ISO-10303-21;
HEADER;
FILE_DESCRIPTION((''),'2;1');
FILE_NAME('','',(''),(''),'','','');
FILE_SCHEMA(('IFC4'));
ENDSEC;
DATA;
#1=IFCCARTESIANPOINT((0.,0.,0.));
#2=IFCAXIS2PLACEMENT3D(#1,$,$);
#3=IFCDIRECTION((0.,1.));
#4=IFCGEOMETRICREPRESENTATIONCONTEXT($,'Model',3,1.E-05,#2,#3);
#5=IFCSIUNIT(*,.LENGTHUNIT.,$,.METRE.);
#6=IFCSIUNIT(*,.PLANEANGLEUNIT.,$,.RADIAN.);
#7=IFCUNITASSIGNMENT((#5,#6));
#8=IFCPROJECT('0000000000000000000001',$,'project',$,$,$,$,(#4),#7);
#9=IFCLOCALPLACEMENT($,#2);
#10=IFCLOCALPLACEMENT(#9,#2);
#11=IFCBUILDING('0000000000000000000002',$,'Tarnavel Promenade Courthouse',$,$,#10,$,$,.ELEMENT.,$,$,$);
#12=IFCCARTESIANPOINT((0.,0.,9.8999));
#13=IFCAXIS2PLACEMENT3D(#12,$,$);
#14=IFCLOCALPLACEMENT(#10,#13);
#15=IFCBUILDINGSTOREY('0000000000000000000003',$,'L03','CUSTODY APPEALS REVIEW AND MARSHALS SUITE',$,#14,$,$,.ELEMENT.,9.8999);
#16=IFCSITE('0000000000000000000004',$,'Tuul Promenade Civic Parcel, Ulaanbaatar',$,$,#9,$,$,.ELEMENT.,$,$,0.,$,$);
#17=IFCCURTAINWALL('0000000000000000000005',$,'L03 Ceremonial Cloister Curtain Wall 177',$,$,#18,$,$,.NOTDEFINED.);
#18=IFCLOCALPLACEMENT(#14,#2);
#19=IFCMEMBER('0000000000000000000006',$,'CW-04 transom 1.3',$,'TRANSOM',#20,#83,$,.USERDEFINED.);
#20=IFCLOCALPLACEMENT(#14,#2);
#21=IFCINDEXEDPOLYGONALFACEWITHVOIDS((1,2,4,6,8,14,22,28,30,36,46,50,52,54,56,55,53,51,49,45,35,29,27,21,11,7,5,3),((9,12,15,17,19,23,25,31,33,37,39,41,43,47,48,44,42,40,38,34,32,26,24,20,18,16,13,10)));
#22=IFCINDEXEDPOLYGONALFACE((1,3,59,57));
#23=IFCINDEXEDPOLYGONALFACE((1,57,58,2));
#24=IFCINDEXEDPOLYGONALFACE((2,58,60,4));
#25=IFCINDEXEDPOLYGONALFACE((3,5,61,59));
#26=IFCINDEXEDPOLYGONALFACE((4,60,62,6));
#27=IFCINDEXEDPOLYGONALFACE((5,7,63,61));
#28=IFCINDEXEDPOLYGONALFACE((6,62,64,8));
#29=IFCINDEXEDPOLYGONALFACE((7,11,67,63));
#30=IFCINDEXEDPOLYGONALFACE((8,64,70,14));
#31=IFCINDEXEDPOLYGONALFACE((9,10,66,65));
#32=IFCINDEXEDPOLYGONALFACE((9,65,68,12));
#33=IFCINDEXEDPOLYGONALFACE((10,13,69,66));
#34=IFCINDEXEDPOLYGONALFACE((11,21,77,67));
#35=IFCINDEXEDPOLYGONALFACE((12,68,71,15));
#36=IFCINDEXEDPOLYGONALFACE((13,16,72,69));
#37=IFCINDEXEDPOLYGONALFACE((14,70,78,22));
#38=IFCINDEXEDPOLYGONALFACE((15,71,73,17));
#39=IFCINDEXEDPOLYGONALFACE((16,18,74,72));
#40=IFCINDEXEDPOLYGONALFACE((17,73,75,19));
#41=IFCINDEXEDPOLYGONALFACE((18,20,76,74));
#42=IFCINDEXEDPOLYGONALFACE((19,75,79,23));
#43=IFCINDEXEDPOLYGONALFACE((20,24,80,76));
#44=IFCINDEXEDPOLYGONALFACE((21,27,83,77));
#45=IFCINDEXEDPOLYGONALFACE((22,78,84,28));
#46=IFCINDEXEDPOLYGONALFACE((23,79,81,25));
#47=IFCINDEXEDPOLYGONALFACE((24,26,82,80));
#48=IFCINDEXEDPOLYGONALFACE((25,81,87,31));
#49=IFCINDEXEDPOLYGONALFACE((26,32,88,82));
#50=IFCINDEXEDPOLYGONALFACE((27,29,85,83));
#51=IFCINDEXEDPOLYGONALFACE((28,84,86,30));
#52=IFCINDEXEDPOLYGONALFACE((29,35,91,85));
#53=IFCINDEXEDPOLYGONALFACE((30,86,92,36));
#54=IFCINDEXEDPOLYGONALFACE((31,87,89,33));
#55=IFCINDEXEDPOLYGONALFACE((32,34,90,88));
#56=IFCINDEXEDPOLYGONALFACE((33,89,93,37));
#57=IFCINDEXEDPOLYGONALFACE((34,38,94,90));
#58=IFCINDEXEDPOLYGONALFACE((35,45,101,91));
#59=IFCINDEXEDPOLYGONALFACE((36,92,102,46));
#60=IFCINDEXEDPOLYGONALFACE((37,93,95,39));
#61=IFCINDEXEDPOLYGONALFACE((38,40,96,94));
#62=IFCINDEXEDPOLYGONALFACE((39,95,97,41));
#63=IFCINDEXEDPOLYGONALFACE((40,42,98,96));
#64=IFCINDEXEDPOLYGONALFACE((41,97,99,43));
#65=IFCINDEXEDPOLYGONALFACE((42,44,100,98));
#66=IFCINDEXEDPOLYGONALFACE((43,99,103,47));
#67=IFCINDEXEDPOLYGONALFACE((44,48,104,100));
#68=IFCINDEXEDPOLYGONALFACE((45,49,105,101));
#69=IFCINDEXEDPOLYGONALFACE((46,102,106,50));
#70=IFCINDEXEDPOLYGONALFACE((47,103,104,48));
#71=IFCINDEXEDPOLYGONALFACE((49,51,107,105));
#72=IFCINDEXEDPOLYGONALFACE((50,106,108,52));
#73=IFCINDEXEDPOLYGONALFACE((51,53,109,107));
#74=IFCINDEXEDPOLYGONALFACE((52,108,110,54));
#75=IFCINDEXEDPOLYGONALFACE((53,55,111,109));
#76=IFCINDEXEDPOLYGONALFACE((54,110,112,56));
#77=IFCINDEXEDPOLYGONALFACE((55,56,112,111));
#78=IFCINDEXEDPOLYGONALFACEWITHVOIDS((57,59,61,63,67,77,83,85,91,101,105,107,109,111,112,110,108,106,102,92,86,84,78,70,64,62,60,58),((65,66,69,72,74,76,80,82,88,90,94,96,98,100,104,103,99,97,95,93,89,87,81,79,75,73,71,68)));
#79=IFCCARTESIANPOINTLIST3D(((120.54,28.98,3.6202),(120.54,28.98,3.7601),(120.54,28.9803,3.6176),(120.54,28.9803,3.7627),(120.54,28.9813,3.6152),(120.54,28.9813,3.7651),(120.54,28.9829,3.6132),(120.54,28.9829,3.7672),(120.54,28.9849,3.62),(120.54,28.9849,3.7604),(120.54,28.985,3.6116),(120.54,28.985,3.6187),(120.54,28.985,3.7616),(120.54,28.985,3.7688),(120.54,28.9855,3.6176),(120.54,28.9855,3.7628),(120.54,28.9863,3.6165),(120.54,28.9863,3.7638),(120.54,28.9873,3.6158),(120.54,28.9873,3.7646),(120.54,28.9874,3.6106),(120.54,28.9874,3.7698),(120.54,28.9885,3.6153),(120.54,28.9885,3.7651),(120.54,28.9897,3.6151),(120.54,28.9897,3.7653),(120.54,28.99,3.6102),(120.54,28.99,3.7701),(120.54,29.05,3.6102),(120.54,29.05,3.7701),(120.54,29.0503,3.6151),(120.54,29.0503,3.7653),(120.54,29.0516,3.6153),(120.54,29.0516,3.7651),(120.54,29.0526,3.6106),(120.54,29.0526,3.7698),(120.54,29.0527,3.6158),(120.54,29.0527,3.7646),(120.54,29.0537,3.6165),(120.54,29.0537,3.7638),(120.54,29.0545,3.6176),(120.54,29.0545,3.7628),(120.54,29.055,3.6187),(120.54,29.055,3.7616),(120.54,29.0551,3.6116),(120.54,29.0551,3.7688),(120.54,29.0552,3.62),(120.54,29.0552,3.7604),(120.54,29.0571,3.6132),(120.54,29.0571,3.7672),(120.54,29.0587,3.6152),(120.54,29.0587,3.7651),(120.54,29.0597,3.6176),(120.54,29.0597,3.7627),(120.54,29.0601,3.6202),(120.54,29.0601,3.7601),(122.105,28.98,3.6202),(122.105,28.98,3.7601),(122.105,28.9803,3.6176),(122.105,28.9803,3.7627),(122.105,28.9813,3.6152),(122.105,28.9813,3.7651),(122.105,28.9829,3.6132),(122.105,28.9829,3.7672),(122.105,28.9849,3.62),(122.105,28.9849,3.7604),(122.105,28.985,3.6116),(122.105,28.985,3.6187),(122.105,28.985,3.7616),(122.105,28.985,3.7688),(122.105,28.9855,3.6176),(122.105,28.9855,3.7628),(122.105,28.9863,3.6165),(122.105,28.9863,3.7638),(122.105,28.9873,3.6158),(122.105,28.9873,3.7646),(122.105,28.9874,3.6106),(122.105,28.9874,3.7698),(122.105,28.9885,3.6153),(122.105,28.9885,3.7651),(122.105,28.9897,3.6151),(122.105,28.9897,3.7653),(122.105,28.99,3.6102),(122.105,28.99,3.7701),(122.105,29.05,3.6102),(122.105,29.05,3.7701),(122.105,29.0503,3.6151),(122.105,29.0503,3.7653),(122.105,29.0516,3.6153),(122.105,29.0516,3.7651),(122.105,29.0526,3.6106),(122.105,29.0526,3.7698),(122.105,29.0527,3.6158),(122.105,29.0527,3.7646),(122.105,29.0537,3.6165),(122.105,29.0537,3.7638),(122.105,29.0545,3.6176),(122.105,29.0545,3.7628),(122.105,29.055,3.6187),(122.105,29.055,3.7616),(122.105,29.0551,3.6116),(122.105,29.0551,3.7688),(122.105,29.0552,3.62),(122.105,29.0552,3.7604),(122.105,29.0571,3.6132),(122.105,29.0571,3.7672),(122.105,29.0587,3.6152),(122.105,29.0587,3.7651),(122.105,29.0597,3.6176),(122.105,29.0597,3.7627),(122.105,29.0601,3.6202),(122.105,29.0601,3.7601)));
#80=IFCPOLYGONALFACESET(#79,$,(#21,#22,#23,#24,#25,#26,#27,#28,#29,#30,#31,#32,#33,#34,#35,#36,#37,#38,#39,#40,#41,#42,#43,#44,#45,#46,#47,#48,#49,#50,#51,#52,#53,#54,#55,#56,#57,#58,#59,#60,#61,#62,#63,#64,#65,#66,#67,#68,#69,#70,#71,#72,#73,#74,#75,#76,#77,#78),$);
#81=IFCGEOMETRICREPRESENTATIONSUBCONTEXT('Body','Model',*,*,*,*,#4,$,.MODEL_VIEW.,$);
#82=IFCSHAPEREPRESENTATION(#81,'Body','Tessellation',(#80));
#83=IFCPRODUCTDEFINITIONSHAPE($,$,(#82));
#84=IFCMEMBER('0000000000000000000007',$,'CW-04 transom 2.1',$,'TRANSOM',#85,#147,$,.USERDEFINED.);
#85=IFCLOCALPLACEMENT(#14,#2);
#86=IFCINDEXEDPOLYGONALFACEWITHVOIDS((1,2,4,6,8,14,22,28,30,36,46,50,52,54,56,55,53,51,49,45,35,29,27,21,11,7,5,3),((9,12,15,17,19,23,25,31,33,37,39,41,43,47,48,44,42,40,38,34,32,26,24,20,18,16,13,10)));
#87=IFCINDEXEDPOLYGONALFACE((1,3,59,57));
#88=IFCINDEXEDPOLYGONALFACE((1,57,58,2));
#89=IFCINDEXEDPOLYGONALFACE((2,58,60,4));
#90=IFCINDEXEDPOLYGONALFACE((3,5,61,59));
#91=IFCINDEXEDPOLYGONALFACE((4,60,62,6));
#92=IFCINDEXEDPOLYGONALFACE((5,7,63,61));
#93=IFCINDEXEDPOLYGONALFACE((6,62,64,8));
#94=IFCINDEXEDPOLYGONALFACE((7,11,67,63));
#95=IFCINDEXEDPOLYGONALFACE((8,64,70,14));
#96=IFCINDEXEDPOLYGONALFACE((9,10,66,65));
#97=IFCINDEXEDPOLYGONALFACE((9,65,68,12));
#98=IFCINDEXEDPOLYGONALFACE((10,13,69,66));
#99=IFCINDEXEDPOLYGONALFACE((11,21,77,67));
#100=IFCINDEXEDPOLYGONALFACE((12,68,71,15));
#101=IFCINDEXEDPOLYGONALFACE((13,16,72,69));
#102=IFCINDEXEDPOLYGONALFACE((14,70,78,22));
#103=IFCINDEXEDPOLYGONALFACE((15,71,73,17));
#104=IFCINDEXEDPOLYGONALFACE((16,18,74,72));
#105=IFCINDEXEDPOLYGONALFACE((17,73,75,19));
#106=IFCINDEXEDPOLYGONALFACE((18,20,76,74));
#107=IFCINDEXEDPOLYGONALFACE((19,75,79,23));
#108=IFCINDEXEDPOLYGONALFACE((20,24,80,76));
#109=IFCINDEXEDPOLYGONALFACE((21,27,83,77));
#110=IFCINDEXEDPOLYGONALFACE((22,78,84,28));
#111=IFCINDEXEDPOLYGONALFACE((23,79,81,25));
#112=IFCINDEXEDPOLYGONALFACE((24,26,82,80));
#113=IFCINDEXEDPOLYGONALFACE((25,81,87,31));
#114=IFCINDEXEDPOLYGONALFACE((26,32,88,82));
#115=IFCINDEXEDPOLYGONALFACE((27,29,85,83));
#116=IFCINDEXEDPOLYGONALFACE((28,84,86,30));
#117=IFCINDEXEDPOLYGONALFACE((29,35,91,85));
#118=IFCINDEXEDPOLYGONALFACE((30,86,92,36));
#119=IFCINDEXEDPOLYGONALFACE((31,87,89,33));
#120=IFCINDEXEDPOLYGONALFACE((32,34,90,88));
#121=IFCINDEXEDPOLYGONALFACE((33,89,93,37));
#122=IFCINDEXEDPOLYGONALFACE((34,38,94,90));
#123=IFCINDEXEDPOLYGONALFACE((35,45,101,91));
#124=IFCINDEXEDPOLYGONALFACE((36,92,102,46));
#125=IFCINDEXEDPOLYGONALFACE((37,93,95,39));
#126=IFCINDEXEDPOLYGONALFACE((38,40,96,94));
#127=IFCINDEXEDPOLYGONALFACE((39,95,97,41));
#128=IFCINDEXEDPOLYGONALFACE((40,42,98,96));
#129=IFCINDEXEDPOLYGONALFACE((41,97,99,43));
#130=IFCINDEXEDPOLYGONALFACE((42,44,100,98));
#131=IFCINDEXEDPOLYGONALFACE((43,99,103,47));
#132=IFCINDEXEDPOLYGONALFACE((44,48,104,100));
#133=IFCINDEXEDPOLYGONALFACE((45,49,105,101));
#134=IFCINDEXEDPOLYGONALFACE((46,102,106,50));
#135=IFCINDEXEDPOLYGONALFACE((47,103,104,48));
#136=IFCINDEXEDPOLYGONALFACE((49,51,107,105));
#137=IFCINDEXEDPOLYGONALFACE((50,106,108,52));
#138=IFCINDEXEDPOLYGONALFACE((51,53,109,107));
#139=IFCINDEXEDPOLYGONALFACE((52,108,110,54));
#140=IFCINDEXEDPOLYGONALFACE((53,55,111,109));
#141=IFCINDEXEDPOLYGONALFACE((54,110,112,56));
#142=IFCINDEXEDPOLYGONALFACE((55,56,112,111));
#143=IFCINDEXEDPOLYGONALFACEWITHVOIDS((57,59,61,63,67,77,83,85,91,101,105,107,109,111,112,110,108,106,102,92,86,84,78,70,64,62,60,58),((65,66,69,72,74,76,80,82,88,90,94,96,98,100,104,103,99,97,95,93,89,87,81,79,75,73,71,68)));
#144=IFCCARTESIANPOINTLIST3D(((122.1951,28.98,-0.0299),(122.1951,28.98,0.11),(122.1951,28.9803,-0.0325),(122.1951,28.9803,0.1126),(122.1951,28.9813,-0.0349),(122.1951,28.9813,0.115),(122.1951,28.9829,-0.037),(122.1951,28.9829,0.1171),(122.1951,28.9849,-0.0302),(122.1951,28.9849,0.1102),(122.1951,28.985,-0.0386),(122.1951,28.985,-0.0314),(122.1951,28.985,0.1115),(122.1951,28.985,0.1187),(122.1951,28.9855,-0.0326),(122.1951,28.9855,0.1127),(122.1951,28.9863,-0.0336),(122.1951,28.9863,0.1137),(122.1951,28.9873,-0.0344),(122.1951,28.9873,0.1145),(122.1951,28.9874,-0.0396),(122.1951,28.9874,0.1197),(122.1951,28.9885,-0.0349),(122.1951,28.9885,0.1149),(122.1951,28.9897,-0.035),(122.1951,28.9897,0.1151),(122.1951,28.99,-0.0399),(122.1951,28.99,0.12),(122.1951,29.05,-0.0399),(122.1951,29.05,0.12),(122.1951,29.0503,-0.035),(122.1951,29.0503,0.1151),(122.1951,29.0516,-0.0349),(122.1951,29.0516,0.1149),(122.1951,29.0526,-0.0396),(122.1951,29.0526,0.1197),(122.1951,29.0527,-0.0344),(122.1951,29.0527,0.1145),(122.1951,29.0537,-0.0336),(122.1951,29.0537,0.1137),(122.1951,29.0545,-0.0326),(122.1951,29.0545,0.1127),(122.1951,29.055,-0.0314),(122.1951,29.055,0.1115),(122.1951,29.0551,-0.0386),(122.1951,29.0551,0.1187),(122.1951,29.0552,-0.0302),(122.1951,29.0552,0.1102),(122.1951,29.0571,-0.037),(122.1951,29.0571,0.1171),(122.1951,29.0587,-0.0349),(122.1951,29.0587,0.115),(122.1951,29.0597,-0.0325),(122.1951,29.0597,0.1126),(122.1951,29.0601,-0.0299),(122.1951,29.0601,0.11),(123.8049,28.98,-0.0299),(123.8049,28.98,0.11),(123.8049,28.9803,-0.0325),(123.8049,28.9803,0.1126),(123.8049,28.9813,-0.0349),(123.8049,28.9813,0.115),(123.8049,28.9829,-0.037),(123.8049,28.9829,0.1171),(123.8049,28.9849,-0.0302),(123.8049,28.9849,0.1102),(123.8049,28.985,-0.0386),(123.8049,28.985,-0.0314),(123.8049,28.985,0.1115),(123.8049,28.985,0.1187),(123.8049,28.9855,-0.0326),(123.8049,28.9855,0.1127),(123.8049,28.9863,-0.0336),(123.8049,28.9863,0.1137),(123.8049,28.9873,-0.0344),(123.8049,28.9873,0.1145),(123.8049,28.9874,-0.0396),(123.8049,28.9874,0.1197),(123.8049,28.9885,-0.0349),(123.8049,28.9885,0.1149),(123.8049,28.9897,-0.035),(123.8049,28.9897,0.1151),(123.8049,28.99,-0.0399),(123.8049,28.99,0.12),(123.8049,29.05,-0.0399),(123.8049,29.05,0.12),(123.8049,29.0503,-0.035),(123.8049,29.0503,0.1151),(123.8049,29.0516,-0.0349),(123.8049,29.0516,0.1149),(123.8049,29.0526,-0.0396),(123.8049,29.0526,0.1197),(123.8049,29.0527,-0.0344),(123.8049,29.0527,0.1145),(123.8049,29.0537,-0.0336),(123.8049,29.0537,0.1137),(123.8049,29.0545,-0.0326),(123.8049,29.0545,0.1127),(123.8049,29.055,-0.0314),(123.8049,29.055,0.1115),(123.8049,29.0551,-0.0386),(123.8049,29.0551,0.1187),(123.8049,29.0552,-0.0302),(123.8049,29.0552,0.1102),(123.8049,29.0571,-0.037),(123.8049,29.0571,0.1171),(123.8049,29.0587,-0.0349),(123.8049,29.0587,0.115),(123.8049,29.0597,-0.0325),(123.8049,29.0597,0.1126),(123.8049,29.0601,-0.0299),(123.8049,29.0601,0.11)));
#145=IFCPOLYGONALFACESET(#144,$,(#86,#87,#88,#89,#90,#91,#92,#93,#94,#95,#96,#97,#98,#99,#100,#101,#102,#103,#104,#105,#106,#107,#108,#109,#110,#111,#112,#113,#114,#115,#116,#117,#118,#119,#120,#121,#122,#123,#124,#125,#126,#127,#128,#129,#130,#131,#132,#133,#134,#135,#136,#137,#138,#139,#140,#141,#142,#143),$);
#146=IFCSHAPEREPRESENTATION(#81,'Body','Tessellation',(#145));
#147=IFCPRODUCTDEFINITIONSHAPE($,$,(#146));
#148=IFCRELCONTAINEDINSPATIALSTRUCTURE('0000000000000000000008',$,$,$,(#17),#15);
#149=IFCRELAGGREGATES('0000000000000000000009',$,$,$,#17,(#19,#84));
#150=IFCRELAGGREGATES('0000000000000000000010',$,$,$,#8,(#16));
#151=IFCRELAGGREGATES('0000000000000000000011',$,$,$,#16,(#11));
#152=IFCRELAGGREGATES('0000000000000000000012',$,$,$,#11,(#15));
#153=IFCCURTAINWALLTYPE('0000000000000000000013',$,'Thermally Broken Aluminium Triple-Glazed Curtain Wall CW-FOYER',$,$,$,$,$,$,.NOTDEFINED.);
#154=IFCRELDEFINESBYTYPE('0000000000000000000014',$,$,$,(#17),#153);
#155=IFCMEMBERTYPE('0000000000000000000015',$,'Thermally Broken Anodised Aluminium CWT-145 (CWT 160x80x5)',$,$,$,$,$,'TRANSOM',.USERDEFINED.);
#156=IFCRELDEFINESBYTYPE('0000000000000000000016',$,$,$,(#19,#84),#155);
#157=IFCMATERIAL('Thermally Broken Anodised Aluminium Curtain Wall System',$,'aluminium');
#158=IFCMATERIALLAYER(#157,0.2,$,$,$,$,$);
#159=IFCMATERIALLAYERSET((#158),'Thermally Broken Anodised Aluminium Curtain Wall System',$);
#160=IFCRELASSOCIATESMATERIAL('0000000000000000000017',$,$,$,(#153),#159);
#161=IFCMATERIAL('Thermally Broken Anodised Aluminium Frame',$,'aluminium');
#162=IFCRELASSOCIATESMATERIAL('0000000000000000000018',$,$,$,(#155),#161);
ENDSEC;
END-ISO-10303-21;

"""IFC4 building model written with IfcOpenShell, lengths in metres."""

from ifc_helpers import new_model, si_unit, direction, frame, origin, origin_2d, place, context, subcontext, project, spatial, hollow_rectangle, extrude, material, layer, layer_set, material_profile, profile_set, type_object, element, aggregate, save


model = new_model("IFC4")

# Units and contexts
model_context = context("Model", 3, precision=1e-05, world=origin(), true_north=direction((0.0, 1.0)))
body_context = subcontext(model_context, "Body", "Model", "MODEL_VIEW")
ifc_project = project(units=[si_unit("LENGTHUNIT", "METRE"), si_unit("PLANEANGLEUNIT", "RADIAN")], contexts=[model_context])

# Site, building, storey
site_placement = place(None, origin())
site = spatial("IfcSite", under=ifc_project, at=site_placement, Name="Tuul Promenade Civic Parcel, Ulaanbaatar", CompositionType="ELEMENT", RefElevation=0.0)
building_placement = place(site_placement, origin())
building = spatial("IfcBuilding", under=site, at=building_placement, Name="Tarnavel Promenade Courthouse", CompositionType="ELEMENT")
storey_placement = place(building_placement, frame((0.0, 0.0, 9.8999)))
storey = spatial("IfcBuildingStorey", under=building, at=storey_placement, Name="L03", Description="CUSTODY APPEALS REVIEW AND MARSHALS SUITE", CompositionType="ELEMENT", Elevation=9.8999)

# Curtain wall, members
ifc_material_1 = material(Name="Thermally Broken Anodised Aluminium Curtain Wall System", Category="aluminium")
ifc_layer_1 = layer(ifc_material_1, 0.2)
ifc_layer_set_1 = layer_set([ifc_layer_1], Name="Thermally Broken Anodised Aluminium Curtain Wall System")
curtain_wall_type = type_object("IfcCurtainWallType", Name="Thermally Broken Aluminium Triple-Glazed Curtain Wall CW-FOYER", PredefinedType="NOTDEFINED", material=ifc_layer_set_1)
curtain_wall_placement = place(storey_placement, origin())
curtain_wall = element("IfcCurtainWall", 1, at=curtain_wall_placement, inside=storey, type_object=curtain_wall_type, Name="L03 Ceremonial Cloister Curtain Wall 177", PredefinedType="NOTDEFINED")
ifc_material_2 = material(Name="Thermally Broken Anodised Aluminium Frame", Category="aluminium")
ifc_material_profile_1 = material_profile(ifc_material_2, hollow_rectangle(XDim=0.0801, YDim=0.1599, WallThickness=0.0049, InnerFilletRadius=0.0049, OuterFilletRadius=0.01, at=origin_2d()), Name="CWT 160x80x5")
ifc_profile_set_1 = profile_set([ifc_material_profile_1], Name="Thermally Broken Anodised Aluminium Frame")
member_type_1 = type_object("IfcMemberType", Name="Thermally Broken Anodised Aluminium CWT-145 (CWT 160x80x5)", ElementType="TRANSOM", PredefinedType="USERDEFINED", material=ifc_profile_set_1)
member_1_placement = place(storey_placement, frame((120.54, 29.02, 3.6902), z_axis=(1.0, 0.0, 0.0), x_axis=(0.0, 1.0, 0.0)))
member_1 = element("IfcMember", 2, at=member_1_placement, type_object=member_type_1, Name="CW-04 transom 1.3", ObjectType="TRANSOM", PredefinedType="USERDEFINED", context=body_context, shape_type="SweptSolid", body=[
    extrude(hollow_rectangle(XDim=0.0801, YDim=0.1599, WallThickness=0.0049, InnerFilletRadius=0.0049, OuterFilletRadius=0.01, at=origin_2d()), origin(), (0.0, 0.0, 1.0), 1.5649),
])
member_2_placement = place(storey_placement, frame((122.1951, 29.02, 0.04), z_axis=(1.0, 0.0, 0.0), x_axis=(0.0, 1.0, 0.0)))
member_2 = element("IfcMember", 3, at=member_2_placement, type_object=member_type_1, Name="CW-04 transom 2.1", ObjectType="TRANSOM", PredefinedType="USERDEFINED", context=body_context, shape_type="SweptSolid", body=[
    extrude(hollow_rectangle(XDim=0.0801, YDim=0.1599, WallThickness=0.0049, InnerFilletRadius=0.0049, OuterFilletRadius=0.01, at=origin_2d()), origin(), (0.0, 0.0, 1.0), 1.6099),
])
aggregate(curtain_wall, [member_1, member_2])

save(model, "model.ifc")
